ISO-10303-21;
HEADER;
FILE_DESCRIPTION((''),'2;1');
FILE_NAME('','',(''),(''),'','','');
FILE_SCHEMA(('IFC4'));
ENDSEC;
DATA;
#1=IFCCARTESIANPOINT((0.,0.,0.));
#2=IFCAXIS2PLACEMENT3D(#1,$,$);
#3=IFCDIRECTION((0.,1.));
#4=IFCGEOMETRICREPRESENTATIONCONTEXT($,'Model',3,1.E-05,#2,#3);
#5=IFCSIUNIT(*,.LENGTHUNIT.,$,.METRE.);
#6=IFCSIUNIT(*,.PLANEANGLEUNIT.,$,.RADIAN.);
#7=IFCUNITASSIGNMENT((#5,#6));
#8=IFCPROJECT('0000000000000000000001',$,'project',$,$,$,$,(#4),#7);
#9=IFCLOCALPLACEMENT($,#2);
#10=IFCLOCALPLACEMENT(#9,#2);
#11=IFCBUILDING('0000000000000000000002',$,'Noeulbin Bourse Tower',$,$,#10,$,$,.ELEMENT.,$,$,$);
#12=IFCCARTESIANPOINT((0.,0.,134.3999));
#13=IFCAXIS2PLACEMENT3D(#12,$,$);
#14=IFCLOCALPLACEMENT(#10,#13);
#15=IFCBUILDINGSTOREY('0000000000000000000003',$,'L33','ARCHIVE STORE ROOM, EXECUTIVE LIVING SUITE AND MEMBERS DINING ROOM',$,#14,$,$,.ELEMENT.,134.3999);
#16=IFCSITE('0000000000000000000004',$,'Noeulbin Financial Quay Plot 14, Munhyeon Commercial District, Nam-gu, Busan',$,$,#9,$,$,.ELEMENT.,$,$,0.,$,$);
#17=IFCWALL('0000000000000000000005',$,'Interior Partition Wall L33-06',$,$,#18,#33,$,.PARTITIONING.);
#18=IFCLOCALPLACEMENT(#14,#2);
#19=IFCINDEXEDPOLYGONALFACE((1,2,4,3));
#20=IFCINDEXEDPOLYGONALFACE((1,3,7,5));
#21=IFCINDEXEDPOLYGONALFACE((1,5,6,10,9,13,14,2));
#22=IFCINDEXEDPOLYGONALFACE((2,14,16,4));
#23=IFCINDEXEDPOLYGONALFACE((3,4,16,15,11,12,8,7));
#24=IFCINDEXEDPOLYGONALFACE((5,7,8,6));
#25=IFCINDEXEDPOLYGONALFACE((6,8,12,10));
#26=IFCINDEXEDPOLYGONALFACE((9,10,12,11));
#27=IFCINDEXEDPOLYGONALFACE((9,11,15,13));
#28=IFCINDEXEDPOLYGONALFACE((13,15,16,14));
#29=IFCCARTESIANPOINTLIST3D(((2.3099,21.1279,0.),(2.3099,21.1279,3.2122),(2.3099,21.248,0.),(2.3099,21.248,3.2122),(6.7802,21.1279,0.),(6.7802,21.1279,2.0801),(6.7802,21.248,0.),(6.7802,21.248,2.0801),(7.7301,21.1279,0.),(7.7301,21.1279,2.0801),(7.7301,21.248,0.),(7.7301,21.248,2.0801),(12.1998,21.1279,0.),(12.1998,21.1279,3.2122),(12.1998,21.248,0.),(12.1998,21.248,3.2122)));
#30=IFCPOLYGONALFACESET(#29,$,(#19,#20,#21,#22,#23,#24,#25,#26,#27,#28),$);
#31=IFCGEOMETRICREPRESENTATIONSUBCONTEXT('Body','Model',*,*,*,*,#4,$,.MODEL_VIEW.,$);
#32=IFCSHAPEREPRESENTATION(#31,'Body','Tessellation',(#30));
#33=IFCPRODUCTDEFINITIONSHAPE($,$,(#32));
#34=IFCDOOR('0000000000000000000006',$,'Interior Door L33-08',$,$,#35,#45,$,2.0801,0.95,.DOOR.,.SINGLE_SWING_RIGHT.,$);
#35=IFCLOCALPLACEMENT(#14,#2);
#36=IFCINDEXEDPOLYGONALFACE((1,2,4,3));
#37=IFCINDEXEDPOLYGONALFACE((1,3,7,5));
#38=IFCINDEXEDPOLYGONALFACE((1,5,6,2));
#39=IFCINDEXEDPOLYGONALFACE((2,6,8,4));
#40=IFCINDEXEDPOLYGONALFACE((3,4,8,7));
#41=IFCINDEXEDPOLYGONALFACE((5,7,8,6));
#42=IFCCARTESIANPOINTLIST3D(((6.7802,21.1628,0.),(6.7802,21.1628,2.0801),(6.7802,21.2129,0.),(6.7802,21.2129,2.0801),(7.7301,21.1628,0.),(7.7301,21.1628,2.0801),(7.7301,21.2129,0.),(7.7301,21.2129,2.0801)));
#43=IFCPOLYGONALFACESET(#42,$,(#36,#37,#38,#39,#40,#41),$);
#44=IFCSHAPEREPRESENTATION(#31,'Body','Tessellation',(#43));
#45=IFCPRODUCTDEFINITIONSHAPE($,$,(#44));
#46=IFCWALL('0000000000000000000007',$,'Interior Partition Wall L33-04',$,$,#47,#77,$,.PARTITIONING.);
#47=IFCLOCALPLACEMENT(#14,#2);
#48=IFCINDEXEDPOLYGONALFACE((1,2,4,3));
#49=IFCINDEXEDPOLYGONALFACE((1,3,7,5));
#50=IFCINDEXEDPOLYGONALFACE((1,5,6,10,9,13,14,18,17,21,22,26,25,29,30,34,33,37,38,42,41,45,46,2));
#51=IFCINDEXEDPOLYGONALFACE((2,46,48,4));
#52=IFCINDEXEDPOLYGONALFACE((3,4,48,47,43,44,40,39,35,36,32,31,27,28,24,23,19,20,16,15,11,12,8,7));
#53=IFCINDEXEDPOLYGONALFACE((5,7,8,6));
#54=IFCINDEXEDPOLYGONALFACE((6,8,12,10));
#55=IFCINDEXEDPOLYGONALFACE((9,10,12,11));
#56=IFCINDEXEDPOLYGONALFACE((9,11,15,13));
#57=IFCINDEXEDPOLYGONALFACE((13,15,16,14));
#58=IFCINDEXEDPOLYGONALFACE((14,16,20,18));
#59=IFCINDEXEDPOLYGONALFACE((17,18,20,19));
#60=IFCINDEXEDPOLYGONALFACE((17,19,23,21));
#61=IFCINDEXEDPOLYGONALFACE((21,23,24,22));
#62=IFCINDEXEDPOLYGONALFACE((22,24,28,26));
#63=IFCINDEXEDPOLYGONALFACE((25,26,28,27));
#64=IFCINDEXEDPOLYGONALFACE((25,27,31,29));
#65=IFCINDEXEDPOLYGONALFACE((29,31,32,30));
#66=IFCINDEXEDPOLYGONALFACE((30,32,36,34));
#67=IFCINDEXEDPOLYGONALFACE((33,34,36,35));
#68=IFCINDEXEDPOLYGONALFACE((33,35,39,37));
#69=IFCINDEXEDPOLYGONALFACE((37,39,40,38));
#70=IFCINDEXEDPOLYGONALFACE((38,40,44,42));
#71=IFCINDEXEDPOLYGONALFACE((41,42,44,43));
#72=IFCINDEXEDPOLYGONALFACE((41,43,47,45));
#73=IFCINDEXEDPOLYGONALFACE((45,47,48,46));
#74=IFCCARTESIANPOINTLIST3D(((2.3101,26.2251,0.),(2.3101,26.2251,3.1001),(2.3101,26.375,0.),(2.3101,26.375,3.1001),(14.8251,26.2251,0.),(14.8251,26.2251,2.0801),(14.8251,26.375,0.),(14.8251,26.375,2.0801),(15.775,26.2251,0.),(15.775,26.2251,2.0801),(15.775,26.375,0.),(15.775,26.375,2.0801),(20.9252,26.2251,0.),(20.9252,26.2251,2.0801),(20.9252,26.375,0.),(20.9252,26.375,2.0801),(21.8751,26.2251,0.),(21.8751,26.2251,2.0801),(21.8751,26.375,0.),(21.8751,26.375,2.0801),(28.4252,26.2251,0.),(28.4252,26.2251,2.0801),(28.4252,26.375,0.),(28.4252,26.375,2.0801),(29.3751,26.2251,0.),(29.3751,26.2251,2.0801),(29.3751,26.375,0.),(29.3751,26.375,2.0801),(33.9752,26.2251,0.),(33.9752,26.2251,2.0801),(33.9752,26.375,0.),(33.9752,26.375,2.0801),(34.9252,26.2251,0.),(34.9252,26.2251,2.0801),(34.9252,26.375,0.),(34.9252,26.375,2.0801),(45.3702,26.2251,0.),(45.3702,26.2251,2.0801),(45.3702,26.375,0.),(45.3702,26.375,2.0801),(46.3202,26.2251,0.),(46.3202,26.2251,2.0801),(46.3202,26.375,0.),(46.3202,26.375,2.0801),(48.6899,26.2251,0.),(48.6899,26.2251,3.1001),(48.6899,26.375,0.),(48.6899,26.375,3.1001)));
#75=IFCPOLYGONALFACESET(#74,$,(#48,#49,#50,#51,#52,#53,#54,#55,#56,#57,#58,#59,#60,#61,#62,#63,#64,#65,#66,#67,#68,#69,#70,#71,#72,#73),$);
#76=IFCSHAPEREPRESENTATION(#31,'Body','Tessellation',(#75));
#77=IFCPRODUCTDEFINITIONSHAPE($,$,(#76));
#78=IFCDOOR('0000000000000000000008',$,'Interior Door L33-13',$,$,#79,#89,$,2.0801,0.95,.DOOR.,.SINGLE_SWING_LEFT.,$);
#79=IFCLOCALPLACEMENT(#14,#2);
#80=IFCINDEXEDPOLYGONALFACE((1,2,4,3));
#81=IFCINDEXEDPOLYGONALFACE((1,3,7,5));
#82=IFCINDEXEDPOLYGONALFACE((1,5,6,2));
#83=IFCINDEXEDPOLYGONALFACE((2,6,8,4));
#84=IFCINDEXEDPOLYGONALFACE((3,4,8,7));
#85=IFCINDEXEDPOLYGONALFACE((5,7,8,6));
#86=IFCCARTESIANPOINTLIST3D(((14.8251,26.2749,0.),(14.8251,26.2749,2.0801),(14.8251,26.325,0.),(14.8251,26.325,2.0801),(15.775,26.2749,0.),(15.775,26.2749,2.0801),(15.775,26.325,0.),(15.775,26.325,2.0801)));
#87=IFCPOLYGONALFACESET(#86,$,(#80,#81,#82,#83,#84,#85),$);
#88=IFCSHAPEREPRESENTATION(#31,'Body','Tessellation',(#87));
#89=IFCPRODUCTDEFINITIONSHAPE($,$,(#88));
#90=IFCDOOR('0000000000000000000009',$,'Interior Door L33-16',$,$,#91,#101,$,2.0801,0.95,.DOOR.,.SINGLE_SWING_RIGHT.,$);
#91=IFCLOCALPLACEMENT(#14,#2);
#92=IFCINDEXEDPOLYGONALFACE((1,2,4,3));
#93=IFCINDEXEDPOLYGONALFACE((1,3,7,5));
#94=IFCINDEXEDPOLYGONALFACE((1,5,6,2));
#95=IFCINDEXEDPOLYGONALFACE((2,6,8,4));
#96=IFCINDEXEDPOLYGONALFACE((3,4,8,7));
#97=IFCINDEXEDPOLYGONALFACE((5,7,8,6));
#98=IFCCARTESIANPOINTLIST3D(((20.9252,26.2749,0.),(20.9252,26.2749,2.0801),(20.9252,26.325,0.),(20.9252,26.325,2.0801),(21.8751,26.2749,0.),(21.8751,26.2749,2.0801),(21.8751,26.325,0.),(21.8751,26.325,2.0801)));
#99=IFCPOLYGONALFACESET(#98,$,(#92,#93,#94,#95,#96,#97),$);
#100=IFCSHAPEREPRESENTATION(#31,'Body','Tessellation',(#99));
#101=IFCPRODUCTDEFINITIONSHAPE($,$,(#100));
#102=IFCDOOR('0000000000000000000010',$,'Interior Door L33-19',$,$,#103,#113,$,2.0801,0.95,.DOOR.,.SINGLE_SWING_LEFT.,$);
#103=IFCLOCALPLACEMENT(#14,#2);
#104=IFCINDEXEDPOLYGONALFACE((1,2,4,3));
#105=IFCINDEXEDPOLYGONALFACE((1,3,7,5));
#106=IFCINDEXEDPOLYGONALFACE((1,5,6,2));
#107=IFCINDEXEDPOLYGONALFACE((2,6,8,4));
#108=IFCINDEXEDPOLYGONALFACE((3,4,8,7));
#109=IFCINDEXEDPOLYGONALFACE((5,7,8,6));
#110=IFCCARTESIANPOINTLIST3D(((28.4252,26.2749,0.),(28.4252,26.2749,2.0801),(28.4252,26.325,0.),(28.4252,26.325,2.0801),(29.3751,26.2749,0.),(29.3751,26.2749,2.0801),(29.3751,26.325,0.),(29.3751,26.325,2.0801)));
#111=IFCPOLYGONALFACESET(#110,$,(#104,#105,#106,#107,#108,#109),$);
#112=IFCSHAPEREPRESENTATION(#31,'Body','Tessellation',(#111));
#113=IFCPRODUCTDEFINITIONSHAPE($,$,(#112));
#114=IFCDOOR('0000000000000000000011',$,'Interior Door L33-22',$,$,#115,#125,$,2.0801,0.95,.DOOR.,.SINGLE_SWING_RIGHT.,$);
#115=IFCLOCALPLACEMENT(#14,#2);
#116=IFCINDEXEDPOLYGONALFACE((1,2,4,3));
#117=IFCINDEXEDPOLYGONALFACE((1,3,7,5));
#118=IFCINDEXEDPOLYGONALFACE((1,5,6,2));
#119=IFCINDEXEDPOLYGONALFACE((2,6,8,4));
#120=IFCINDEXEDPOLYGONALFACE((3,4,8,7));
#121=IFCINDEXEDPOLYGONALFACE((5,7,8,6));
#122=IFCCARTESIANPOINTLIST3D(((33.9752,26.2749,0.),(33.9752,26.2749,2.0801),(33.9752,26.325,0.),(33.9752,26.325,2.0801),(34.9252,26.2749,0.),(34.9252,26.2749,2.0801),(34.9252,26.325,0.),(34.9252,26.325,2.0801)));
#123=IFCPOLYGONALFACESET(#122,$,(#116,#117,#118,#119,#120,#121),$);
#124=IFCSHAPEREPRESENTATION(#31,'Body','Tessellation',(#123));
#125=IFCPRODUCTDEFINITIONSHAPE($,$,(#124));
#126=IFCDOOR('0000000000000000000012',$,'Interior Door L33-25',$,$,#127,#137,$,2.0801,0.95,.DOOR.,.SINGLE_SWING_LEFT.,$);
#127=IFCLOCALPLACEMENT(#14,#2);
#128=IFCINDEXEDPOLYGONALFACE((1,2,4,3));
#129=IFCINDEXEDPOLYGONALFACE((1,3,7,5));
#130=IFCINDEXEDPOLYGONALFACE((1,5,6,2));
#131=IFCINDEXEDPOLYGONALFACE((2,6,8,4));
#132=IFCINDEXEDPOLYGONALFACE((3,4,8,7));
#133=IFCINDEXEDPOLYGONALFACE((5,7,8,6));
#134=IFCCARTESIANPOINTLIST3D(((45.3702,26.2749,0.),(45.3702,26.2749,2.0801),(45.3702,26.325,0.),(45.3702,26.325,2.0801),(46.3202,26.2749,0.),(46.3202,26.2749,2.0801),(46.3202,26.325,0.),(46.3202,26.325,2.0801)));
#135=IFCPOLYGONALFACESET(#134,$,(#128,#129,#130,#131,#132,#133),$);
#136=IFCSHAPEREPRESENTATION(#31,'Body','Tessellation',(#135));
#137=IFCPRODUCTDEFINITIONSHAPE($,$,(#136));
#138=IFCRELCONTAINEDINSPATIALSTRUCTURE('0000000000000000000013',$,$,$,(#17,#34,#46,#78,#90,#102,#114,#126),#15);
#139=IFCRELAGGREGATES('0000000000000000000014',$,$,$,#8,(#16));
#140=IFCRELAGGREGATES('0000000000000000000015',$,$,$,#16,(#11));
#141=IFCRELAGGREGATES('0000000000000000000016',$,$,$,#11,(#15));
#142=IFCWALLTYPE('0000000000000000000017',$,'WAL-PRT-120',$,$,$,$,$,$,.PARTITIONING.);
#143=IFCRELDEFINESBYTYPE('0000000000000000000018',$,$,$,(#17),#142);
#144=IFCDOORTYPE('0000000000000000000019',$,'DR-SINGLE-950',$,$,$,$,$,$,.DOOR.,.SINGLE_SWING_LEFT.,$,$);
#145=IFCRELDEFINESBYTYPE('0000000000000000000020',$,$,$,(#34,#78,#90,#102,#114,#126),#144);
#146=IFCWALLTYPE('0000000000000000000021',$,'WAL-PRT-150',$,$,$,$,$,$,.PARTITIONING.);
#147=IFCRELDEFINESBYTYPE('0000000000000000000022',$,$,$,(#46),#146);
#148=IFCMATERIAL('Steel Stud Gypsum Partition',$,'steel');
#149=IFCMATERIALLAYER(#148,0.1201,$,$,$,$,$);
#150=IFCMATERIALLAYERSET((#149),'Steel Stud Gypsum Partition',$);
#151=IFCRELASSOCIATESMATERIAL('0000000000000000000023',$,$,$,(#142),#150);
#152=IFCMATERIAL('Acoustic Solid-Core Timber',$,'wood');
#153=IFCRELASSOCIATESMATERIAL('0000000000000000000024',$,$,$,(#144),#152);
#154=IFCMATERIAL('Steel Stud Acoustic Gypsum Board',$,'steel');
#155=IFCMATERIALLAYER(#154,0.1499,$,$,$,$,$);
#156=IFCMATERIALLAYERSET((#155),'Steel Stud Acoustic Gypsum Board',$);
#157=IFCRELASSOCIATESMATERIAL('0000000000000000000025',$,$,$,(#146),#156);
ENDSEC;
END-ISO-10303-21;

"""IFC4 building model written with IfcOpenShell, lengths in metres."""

from ifc_helpers import new_model, si_unit, direction, frame, frame_2d, origin, place, context, subcontext, project, spatial, rectangle, extrude, material, layer, layer_set, type_object, element, fill, save


model = new_model("IFC4")

# Units and contexts
model_context = context("Model", 3, precision=1e-05, world=origin(), true_north=direction((0.0, 1.0)))
body_context = subcontext(model_context, "Body", "Model", "MODEL_VIEW")
ifc_project = project(units=[si_unit("LENGTHUNIT", "METRE"), si_unit("PLANEANGLEUNIT", "RADIAN")], contexts=[model_context])

# Site, building, storey
site_placement = place(None, origin())
site = spatial("IfcSite", under=ifc_project, at=site_placement, Name="Noeulbin Financial Quay Plot 14, Munhyeon Commercial District, Nam-gu, Busan", CompositionType="ELEMENT", RefElevation=0.0)
building_placement = place(site_placement, origin())
building = spatial("IfcBuilding", under=site, at=building_placement, Name="Noeulbin Bourse Tower", CompositionType="ELEMENT")
storey_placement = place(building_placement, frame((0.0, 0.0, 134.3999)))
storey = spatial("IfcBuildingStorey", under=building, at=storey_placement, Name="L33", Description="ARCHIVE STORE ROOM, EXECUTIVE LIVING SUITE AND MEMBERS DINING ROOM", CompositionType="ELEMENT", Elevation=134.3999)

# Wall, opening, door
ifc_material_1 = material(Name="Steel Stud Gypsum Partition", Category="steel")
ifc_layer_1 = layer(ifc_material_1, 0.1201)
ifc_layer_set_1 = layer_set([ifc_layer_1], Name="Steel Stud Gypsum Partition")
wall_type_1 = type_object("IfcWallType", Name="WAL-PRT-120", PredefinedType="PARTITIONING", material=ifc_layer_set_1)
wall_1_placement = place(storey_placement, frame((2.3101, 21.188, 0.0), z_axis=(0.0, 0.0, 1.0), x_axis=(1.0, 0.0, 0.0)))
wall_1 = element("IfcWall", 1, at=wall_1_placement, inside=storey, type_object=wall_type_1, Name="Interior Partition Wall L33-06", PredefinedType="PARTITIONING", context=body_context, shape_type="SweptSolid", body=[
    extrude(rectangle(XDim=9.8899, YDim=0.1201, at=frame_2d((4.9448, 0.0))), origin(), (0.0, 0.0, 1.0), 3.2122),
])
opening_1_placement = place(wall_1_placement, frame((4.47, 0.0, 0.0)))
opening_1 = element("IfcOpeningElement", 2, at=opening_1_placement, cuts=wall_1, PredefinedType="OPENING", context=body_context, shape_type="SweptSolid", body=[
    extrude(rectangle(XDim=0.95, YDim=2.0801, at=frame_2d((0.4751, 1.04))), frame((0.0, 0.0701, 0.0), z_axis=(0.0, -1.0, 0.0), x_axis=(1.0, 0.0, 0.0)), (0.0, 0.0, 1.0), 0.1401),
])
ifc_material_2 = material(Name="Acoustic Solid-Core Timber", Category="wood")
door_type = type_object("IfcDoorType", Name="DR-SINGLE-950", OperationType="SINGLE_SWING_LEFT", PredefinedType="DOOR", material=ifc_material_2)
door_1_placement = place(opening_1_placement, origin())
door_1 = element("IfcDoor", 3, at=door_1_placement, inside=storey, type_object=door_type, Name="Interior Door L33-08", OperationType="SINGLE_SWING_RIGHT", OverallHeight=2.0801, OverallWidth=0.95, PredefinedType="DOOR", context=body_context, shape_type="SweptSolid", body=[
    extrude(rectangle(XDim=0.95, YDim=2.0801, at=frame_2d((0.4751, 1.04))), frame((0.0, 0.0249, 0.0), z_axis=(0.0, -1.0, 0.0), x_axis=(1.0, 0.0, 0.0)), (0.0, 0.0, 1.0), 0.05),
])
fill(opening_1, door_1)

# Wall, openings, doors
ifc_material_3 = material(Name="Steel Stud Acoustic Gypsum Board", Category="steel")
ifc_layer_2 = layer(ifc_material_3, 0.1499)
ifc_layer_set_2 = layer_set([ifc_layer_2], Name="Steel Stud Acoustic Gypsum Board")
wall_type_2 = type_object("IfcWallType", Name="WAL-PRT-150", PredefinedType="PARTITIONING", material=ifc_layer_set_2)
wall_2_placement = place(storey_placement, frame((2.3101, 26.3, 0.0), z_axis=(0.0, 0.0, 1.0), x_axis=(1.0, 0.0, 0.0)))
wall_2 = element("IfcWall", 4, at=wall_2_placement, inside=storey, type_object=wall_type_2, Name="Interior Partition Wall L33-04", PredefinedType="PARTITIONING", context=body_context, shape_type="SweptSolid", body=[
    extrude(rectangle(XDim=46.3799, YDim=0.1499, at=frame_2d((23.1899, 0.0))), origin(), (0.0, 0.0, 1.0), 3.1001),
])
opening_2_placement = place(wall_2_placement, frame((12.5149, 0.0, 0.0)))
opening_2 = element("IfcOpeningElement", 5, at=opening_2_placement, cuts=wall_2, PredefinedType="OPENING", context=body_context, shape_type="SweptSolid", body=[
    extrude(rectangle(XDim=0.95, YDim=2.0801, at=frame_2d((0.4751, 1.04))), frame((0.0, 0.085, 0.0), z_axis=(0.0, -1.0, 0.0), x_axis=(1.0, 0.0, 0.0)), (0.0, 0.0, 1.0), 0.1699),
])
opening_3_placement = place(wall_2_placement, frame((18.615, 0.0, 0.0)))
opening_3 = element("IfcOpeningElement", 6, at=opening_3_placement, cuts=wall_2, PredefinedType="OPENING", context=body_context, shape_type="SweptSolid", body=[
    extrude(rectangle(XDim=0.95, YDim=2.0801, at=frame_2d((0.4751, 1.04))), frame((0.0, 0.085, 0.0), z_axis=(0.0, -1.0, 0.0), x_axis=(1.0, 0.0, 0.0)), (0.0, 0.0, 1.0), 0.1699),
])
opening_4_placement = place(wall_2_placement, frame((26.115, 0.0, 0.0)))
opening_4 = element("IfcOpeningElement", 7, at=opening_4_placement, cuts=wall_2, PredefinedType="OPENING", context=body_context, shape_type="SweptSolid", body=[
    extrude(rectangle(XDim=0.95, YDim=2.0801, at=frame_2d((0.4751, 1.04))), frame((0.0, 0.085, 0.0), z_axis=(0.0, -1.0, 0.0), x_axis=(1.0, 0.0, 0.0)), (0.0, 0.0, 1.0), 0.1699),
])
opening_5_placement = place(wall_2_placement, frame((31.665, 0.0, 0.0)))
opening_5 = element("IfcOpeningElement", 8, at=opening_5_placement, cuts=wall_2, PredefinedType="OPENING", context=body_context, shape_type="SweptSolid", body=[
    extrude(rectangle(XDim=0.95, YDim=2.0801, at=frame_2d((0.4751, 1.04))), frame((0.0, 0.085, 0.0), z_axis=(0.0, -1.0, 0.0), x_axis=(1.0, 0.0, 0.0)), (0.0, 0.0, 1.0), 0.1699),
])
opening_6_placement = place(wall_2_placement, frame((43.0601, 0.0, 0.0)))
opening_6 = element("IfcOpeningElement", 9, at=opening_6_placement, cuts=wall_2, PredefinedType="OPENING", context=body_context, shape_type="SweptSolid", body=[
    extrude(rectangle(XDim=0.95, YDim=2.0801, at=frame_2d((0.4751, 1.04))), frame((0.0, 0.085, 0.0), z_axis=(0.0, -1.0, 0.0), x_axis=(1.0, 0.0, 0.0)), (0.0, 0.0, 1.0), 0.1699),
])
door_2_placement = place(opening_2_placement, origin())
door_2 = element("IfcDoor", 10, at=door_2_placement, inside=storey, type_object=door_type, Name="Interior Door L33-13", OperationType="SINGLE_SWING_LEFT", OverallHeight=2.0801, OverallWidth=0.95, PredefinedType="DOOR", context=body_context, shape_type="SweptSolid", body=[
    extrude(rectangle(XDim=0.95, YDim=2.0801, at=frame_2d((0.4751, 1.04))), frame((0.0, 0.0249, 0.0), z_axis=(0.0, -1.0, 0.0), x_axis=(1.0, 0.0, 0.0)), (0.0, 0.0, 1.0), 0.05),
])
fill(opening_2, door_2)
door_3_placement = place(opening_3_placement, origin())
door_3 = element("IfcDoor", 11, at=door_3_placement, inside=storey, type_object=door_type, Name="Interior Door L33-16", OperationType="SINGLE_SWING_RIGHT", OverallHeight=2.0801, OverallWidth=0.95, PredefinedType="DOOR", context=body_context, shape_type="SweptSolid", body=[
    extrude(rectangle(XDim=0.95, YDim=2.0801, at=frame_2d((0.4751, 1.04))), frame((0.0, 0.0249, 0.0), z_axis=(0.0, -1.0, 0.0), x_axis=(1.0, 0.0, 0.0)), (0.0, 0.0, 1.0), 0.05),
])
fill(opening_3, door_3)
door_4_placement = place(opening_4_placement, origin())
door_4 = element("IfcDoor", 12, at=door_4_placement, inside=storey, type_object=door_type, Name="Interior Door L33-19", OperationType="SINGLE_SWING_LEFT", OverallHeight=2.0801, OverallWidth=0.95, PredefinedType="DOOR", context=body_context, shape_type="SweptSolid", body=[
    extrude(rectangle(XDim=0.95, YDim=2.0801, at=frame_2d((0.4751, 1.04))), frame((0.0, 0.0249, 0.0), z_axis=(0.0, -1.0, 0.0), x_axis=(1.0, 0.0, 0.0)), (0.0, 0.0, 1.0), 0.05),
])
fill(opening_4, door_4)
door_5_placement = place(opening_5_placement, origin())
door_5 = element("IfcDoor", 13, at=door_5_placement, inside=storey, type_object=door_type, Name="Interior Door L33-22", OperationType="SINGLE_SWING_RIGHT", OverallHeight=2.0801, OverallWidth=0.95, PredefinedType="DOOR", context=body_context, shape_type="SweptSolid", body=[
    extrude(rectangle(XDim=0.95, YDim=2.0801, at=frame_2d((0.4751, 1.04))), frame((0.0, 0.0249, 0.0), z_axis=(0.0, -1.0, 0.0), x_axis=(1.0, 0.0, 0.0)), (0.0, 0.0, 1.0), 0.05),
])
fill(opening_5, door_5)
door_6_placement = place(opening_6_placement, origin())
door_6 = element("IfcDoor", 14, at=door_6_placement, inside=storey, type_object=door_type, Name="Interior Door L33-25", OperationType="SINGLE_SWING_LEFT", OverallHeight=2.0801, OverallWidth=0.95, PredefinedType="DOOR", context=body_context, shape_type="SweptSolid", body=[
    extrude(rectangle(XDim=0.95, YDim=2.0801, at=frame_2d((0.4751, 1.04))), frame((0.0, 0.0249, 0.0), z_axis=(0.0, -1.0, 0.0), x_axis=(1.0, 0.0, 0.0)), (0.0, 0.0, 1.0), 0.05),
])
fill(opening_6, door_6)

save(model, "model.ifc")
